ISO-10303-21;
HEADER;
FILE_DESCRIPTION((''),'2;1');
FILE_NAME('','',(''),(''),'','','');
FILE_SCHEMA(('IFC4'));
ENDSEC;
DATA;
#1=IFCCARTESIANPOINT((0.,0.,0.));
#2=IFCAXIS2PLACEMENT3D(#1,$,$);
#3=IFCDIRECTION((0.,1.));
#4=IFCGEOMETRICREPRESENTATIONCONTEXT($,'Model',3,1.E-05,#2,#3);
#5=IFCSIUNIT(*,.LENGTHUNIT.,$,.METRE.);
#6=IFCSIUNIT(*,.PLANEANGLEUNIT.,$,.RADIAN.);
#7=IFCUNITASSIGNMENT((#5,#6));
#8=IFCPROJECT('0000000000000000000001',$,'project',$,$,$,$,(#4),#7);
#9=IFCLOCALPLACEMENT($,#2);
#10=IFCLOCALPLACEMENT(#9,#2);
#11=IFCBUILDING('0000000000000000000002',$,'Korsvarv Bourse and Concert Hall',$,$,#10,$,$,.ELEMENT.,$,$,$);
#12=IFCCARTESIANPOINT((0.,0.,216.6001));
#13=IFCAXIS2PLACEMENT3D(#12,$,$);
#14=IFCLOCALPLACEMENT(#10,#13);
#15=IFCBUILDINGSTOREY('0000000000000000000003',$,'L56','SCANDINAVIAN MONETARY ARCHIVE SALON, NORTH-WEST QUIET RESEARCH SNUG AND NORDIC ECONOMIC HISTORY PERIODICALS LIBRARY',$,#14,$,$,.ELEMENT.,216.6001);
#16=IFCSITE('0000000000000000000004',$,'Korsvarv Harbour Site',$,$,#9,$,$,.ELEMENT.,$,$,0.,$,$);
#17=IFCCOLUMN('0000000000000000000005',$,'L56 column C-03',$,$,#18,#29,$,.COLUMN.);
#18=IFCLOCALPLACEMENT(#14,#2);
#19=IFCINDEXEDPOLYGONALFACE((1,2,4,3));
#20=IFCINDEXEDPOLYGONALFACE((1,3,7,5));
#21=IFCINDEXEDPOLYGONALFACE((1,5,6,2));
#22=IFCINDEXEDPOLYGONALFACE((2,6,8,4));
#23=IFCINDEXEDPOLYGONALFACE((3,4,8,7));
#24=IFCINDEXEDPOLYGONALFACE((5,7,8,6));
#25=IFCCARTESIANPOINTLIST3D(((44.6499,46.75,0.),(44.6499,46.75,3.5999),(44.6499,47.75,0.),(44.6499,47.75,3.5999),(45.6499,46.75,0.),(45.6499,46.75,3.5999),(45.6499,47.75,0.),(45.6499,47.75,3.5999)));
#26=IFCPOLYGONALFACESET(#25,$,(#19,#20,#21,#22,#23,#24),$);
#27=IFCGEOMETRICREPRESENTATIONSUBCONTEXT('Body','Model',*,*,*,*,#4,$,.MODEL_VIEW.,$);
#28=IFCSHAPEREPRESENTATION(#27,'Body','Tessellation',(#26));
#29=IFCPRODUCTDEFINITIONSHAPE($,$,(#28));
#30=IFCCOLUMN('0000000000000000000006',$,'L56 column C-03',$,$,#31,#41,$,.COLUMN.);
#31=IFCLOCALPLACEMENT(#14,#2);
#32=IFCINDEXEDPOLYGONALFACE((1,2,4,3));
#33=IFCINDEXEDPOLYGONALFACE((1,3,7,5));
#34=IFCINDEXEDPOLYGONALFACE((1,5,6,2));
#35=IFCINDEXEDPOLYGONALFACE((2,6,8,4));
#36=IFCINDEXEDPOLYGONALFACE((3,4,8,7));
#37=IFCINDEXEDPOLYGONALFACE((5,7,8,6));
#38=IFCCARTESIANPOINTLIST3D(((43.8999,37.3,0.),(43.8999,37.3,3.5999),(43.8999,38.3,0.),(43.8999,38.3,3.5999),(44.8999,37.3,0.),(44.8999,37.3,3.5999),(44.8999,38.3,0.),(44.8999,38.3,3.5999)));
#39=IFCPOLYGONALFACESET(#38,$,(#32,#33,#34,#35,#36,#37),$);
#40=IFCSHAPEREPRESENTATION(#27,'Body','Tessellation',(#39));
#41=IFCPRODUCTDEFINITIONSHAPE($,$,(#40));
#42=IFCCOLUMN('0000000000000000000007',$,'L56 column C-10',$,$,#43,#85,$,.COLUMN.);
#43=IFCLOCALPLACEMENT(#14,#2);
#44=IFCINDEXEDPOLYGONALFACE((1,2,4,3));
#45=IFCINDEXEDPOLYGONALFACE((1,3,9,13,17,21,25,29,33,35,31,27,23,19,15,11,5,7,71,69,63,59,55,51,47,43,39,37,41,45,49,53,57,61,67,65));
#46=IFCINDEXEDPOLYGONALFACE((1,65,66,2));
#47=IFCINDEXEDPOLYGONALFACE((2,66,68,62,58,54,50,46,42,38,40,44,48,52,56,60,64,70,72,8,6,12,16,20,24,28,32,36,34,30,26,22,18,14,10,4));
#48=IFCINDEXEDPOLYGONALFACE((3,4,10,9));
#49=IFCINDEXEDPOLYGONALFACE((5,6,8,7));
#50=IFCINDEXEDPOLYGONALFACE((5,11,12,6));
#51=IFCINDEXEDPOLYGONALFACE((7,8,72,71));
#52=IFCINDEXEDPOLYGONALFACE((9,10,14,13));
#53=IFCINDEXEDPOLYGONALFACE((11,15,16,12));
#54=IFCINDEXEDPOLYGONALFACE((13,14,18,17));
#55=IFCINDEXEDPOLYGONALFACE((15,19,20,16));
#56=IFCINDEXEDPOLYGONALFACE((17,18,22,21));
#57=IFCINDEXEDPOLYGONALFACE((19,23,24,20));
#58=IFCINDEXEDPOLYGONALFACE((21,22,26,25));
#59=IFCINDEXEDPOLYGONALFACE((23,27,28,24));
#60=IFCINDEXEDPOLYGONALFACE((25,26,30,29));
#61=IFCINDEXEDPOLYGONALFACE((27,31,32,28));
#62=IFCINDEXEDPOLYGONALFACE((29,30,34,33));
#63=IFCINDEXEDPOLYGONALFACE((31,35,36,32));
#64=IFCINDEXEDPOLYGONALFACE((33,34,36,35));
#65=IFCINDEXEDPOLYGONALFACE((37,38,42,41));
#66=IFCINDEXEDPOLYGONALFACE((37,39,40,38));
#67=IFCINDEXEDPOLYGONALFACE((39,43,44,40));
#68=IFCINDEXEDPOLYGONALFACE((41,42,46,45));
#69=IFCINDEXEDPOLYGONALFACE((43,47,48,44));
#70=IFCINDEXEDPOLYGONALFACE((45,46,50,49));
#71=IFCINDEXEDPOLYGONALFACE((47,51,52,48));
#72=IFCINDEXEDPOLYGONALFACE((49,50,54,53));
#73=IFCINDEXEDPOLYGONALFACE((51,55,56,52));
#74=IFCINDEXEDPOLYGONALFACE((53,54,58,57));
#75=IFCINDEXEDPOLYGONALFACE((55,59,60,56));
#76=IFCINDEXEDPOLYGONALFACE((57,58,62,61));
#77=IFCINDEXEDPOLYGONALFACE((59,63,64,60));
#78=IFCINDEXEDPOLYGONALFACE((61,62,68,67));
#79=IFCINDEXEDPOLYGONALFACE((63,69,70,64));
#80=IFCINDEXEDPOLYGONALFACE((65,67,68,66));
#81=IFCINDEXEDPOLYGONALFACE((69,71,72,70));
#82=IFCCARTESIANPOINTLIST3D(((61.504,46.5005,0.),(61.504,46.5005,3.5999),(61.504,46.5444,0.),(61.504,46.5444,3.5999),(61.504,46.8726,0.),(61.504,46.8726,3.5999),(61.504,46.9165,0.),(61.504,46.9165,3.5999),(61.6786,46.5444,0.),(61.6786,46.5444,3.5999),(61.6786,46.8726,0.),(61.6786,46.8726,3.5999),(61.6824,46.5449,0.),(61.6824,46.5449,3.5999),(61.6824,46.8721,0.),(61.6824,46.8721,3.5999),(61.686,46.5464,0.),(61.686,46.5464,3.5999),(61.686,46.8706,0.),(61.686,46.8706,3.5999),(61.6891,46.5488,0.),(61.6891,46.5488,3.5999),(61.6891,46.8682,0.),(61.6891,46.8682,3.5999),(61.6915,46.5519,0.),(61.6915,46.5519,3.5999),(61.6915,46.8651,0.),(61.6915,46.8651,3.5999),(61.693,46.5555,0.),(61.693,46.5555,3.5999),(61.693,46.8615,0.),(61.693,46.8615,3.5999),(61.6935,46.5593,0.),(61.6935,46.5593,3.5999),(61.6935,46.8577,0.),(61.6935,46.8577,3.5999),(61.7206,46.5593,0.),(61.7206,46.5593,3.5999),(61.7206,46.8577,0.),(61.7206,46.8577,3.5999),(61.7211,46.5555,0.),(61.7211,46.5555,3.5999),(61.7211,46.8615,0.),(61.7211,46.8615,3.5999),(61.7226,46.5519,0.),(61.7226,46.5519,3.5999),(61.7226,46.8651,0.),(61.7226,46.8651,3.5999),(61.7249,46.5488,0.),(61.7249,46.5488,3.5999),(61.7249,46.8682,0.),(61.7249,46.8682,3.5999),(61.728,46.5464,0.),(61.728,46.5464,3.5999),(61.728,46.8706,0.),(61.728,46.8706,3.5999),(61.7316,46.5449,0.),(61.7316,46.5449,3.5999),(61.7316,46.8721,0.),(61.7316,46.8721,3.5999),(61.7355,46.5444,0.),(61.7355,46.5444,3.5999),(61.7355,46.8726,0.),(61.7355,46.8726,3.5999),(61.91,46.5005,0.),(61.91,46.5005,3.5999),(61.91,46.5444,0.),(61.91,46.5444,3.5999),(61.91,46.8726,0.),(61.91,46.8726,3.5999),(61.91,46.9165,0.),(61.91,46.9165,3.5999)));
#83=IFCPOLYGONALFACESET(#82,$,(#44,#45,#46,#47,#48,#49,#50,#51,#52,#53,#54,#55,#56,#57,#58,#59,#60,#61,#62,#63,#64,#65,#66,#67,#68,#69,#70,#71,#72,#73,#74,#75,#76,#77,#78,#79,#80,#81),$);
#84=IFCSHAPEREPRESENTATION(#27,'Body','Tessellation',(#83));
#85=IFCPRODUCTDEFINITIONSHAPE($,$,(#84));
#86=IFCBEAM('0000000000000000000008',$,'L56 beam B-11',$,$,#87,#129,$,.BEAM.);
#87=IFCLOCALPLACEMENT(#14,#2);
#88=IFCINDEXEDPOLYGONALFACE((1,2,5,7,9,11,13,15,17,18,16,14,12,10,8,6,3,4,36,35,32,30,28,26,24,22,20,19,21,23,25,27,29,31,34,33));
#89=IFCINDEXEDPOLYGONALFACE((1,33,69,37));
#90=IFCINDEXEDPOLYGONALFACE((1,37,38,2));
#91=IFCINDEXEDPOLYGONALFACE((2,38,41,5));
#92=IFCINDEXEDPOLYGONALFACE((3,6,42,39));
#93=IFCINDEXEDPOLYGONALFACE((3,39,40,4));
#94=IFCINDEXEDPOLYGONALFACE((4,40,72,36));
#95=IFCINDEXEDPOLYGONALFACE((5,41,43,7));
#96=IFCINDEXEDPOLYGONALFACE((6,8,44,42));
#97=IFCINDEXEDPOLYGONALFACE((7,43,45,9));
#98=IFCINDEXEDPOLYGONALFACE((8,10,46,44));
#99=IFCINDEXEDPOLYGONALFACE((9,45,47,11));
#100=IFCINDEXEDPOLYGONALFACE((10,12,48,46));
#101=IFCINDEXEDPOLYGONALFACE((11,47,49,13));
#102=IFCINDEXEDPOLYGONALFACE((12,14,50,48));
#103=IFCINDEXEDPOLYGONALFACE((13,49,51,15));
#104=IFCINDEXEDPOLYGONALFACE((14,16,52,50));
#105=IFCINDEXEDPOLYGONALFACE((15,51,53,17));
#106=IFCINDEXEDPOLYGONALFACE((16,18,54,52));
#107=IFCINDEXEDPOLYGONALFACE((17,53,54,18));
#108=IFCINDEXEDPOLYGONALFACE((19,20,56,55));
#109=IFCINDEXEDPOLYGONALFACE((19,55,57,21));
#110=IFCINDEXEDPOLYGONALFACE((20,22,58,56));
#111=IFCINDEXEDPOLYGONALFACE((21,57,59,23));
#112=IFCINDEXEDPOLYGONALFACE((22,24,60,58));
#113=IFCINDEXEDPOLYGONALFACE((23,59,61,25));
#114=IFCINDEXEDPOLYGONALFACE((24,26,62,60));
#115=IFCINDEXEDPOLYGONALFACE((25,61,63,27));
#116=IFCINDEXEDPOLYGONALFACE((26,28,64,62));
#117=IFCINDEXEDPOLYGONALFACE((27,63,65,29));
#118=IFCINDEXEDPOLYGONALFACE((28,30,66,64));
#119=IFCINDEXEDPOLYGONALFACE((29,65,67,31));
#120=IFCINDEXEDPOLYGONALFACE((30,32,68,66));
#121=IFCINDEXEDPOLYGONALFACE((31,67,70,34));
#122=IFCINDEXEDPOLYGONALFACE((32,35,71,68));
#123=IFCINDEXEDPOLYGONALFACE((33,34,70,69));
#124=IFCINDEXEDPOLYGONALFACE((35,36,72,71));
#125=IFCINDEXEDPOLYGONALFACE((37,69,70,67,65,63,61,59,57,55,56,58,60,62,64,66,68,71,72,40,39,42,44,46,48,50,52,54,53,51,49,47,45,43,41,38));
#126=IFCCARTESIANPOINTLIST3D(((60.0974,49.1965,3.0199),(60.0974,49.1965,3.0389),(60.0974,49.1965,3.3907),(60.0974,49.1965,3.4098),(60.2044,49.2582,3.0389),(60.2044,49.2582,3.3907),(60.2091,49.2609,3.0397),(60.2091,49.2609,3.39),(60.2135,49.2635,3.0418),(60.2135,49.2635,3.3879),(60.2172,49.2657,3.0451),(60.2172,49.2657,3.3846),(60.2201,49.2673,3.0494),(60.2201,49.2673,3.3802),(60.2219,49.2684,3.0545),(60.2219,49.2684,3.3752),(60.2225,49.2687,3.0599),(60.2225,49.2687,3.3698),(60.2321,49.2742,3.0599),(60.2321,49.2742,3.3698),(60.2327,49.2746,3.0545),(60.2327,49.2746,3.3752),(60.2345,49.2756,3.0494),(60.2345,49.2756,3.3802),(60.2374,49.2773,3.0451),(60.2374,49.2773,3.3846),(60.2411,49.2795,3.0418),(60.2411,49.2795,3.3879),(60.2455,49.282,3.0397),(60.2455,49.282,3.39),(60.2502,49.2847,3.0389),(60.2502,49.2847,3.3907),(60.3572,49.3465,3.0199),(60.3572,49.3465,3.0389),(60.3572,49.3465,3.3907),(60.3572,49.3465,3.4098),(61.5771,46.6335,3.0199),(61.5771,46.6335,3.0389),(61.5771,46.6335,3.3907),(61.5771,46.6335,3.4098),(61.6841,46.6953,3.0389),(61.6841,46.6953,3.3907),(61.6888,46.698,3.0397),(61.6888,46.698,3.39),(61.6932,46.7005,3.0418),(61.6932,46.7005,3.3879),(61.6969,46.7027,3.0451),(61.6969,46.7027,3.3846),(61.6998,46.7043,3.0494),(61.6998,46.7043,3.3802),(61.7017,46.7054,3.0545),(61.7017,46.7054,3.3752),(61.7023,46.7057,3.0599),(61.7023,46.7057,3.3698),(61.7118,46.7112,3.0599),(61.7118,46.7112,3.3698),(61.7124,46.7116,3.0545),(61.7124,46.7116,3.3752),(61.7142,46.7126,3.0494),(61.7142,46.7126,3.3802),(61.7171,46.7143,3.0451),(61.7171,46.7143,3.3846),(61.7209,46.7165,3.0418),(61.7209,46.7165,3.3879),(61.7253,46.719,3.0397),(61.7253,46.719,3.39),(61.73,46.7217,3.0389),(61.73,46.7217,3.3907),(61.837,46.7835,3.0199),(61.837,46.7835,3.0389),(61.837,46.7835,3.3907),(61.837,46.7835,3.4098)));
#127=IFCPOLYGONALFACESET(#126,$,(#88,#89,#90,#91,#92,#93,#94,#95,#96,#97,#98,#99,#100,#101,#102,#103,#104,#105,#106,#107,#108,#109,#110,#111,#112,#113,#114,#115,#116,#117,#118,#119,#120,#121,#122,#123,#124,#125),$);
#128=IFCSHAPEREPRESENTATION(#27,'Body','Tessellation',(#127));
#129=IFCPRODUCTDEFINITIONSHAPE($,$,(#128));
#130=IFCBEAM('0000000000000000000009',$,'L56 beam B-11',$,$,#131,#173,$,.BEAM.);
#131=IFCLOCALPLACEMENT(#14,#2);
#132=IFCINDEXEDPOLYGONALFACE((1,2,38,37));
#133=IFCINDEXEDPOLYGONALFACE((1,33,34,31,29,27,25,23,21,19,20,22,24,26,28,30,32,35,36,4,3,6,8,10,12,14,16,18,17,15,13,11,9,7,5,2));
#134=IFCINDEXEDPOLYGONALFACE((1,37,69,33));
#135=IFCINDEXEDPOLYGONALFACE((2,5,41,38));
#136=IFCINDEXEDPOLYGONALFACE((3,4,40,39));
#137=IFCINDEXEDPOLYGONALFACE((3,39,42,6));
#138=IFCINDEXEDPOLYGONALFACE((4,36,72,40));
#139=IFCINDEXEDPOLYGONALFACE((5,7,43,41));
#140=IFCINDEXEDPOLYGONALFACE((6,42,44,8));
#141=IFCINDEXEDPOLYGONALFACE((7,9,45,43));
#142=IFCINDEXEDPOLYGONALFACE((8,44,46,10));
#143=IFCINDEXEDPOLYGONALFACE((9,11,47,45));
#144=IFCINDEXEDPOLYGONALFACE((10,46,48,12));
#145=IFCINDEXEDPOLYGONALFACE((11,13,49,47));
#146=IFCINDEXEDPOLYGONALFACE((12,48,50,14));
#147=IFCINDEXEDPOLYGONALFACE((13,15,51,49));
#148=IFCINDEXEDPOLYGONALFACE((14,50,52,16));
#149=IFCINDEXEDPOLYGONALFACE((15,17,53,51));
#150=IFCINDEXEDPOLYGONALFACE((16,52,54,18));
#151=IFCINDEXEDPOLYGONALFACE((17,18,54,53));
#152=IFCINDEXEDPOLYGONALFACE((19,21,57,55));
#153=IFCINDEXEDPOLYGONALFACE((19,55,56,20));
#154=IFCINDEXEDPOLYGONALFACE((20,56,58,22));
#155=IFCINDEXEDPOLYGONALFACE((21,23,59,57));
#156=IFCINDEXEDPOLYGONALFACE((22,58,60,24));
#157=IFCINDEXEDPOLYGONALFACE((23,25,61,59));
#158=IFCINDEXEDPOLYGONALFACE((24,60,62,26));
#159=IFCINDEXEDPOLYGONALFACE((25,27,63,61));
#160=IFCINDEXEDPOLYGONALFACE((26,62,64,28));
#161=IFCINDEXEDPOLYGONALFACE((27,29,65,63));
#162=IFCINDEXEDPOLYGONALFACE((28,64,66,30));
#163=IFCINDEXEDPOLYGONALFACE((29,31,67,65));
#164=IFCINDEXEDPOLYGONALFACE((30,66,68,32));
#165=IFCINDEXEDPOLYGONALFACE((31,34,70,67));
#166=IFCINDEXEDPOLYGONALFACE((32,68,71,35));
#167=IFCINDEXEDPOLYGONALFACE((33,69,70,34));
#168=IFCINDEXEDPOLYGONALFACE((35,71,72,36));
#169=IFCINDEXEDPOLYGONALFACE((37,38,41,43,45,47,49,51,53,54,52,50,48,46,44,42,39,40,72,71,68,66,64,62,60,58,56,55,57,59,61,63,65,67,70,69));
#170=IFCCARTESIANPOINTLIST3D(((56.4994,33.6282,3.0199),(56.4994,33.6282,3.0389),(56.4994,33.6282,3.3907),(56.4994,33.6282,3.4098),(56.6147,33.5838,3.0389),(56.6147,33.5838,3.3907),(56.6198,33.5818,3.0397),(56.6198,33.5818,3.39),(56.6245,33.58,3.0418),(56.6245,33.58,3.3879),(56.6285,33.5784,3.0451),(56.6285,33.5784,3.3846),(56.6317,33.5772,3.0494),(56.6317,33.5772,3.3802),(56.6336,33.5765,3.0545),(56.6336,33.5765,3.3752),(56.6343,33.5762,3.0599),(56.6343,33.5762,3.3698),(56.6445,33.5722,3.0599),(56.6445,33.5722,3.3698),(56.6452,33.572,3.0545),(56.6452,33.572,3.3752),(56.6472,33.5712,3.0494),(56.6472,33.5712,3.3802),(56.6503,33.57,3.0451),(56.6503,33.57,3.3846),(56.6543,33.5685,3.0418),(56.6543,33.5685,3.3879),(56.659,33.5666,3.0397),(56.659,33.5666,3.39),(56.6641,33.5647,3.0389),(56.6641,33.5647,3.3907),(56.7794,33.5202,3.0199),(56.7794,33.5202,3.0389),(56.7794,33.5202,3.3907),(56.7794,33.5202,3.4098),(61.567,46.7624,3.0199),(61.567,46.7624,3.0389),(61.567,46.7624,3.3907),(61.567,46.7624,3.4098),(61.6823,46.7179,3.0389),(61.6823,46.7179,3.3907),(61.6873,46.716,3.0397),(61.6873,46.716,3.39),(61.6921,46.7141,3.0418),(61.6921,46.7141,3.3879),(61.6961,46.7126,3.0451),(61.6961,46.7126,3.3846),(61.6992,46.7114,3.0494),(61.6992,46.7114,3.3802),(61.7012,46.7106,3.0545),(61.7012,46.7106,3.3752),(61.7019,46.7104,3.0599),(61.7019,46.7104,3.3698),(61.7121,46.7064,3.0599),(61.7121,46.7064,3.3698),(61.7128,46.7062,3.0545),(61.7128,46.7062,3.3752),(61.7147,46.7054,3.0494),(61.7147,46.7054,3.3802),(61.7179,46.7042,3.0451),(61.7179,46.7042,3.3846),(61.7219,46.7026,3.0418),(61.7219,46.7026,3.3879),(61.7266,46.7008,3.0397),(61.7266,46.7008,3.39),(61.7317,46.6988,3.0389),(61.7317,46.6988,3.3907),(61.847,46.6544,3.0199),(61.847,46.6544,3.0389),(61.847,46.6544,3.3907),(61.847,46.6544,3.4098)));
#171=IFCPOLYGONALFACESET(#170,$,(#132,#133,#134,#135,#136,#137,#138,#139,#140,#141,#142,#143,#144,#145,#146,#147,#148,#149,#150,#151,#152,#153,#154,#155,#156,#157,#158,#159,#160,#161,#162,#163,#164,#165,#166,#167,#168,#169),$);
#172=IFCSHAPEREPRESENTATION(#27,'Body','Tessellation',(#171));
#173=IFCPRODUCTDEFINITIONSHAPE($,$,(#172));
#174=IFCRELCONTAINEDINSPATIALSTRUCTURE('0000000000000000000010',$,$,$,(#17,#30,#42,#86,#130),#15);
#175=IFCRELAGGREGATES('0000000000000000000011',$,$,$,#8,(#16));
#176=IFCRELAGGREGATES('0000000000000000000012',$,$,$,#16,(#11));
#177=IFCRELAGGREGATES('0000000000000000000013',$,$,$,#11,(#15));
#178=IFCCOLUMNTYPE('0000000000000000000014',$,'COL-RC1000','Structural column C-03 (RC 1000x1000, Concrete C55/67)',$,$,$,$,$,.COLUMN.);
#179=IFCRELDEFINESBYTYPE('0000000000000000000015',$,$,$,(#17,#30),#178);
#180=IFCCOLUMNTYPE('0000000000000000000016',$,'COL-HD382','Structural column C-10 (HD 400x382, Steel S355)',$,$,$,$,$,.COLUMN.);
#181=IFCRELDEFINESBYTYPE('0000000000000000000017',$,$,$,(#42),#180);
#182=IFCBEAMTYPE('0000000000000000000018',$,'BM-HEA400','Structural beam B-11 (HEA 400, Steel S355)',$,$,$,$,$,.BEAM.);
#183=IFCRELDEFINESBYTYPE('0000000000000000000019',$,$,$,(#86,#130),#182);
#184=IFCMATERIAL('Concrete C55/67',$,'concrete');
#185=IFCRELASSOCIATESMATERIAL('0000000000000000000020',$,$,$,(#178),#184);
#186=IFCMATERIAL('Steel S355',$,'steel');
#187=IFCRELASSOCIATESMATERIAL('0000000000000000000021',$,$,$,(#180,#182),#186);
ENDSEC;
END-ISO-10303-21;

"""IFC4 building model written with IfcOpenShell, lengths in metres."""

from ifc_helpers import new_model, si_unit, direction, frame, origin, origin_2d, place, context, subcontext, project, spatial, rectangle, i_section, extrude, source, transform, mapped, material, material_profile, profile_set, type_object, element, save


model = new_model("IFC4")

# Units and contexts
model_context = context("Model", 3, precision=1e-05, world=origin(), true_north=direction((0.0, 1.0)))
body_context = subcontext(model_context, "Body", "Model", "MODEL_VIEW")
ifc_project = project(units=[si_unit("LENGTHUNIT", "METRE"), si_unit("PLANEANGLEUNIT", "RADIAN")], contexts=[model_context])

# Site, building, storey
site_placement = place(None, origin())
site = spatial("IfcSite", under=ifc_project, at=site_placement, Name="Korsvarv Harbour Site", CompositionType="ELEMENT", RefElevation=0.0)
building_placement = place(site_placement, origin())
building = spatial("IfcBuilding", under=site, at=building_placement, Name="Korsvarv Bourse and Concert Hall", CompositionType="ELEMENT")
storey_placement = place(building_placement, frame((0.0, 0.0, 216.6001)))
storey = spatial("IfcBuildingStorey", under=building, at=storey_placement, Name="L56", Description="SCANDINAVIAN MONETARY ARCHIVE SALON, NORTH-WEST QUIET RESEARCH SNUG AND NORDIC ECONOMIC HISTORY PERIODICALS LIBRARY", CompositionType="ELEMENT", Elevation=216.6001)

# Columns
ifc_material_1 = material(Name="Concrete C55/67", Category="concrete")
ifc_material_profile_1 = material_profile(ifc_material_1, rectangle(XDim=1.0, YDim=1.0, at=origin_2d()), Name="RC 1000x1000")
ifc_profile_set_1 = profile_set([ifc_material_profile_1], Name="Concrete C55/67")
column_type_1 = type_object("IfcColumnType", Name="COL-RC1000", Description="Structural column C-03 (RC 1000x1000, Concrete C55/67)", PredefinedType="COLUMN", material=ifc_profile_set_1)
shared_shape_1 = source(origin(), body_context, "Body", "SweptSolid", [
    extrude(rectangle(XDim=1.0, YDim=1.0, at=origin_2d()), origin(), (0.0, 0.0, 1.0), 3.5999),
])
for number, where, z_axis, x_axis, name in (
    (1, (45.1499, 47.25, 0.0), (0.0, 0.0, 1.0), (1.0, 0.0, 0.0), "L56 column C-03"),
    (2, (44.3999, 37.8, 0.0), (0.0, 0.0, 1.0), (1.0, 0.0, 0.0), "L56 column C-03"),
):
    element("IfcColumn", number, at=place(storey_placement, frame(where, z_axis=z_axis, x_axis=x_axis)), inside=storey, type_object=column_type_1, Name=name, PredefinedType="COLUMN", context=body_context, shape_type="MappedRepresentation", body=[
        mapped(shared_shape_1, transform((0.0, 0.0, 0.0), scale=1.0)),
    ])
ifc_material_2 = material(Name="Steel S355", Category="steel")
ifc_material_profile_2 = material_profile(ifc_material_2, i_section(OverallWidth=0.406, OverallDepth=0.416, WebThickness=0.0271, FlangeThickness=0.0439, FilletRadius=0.0149, at=origin_2d()), Name="HD 400x382")
ifc_profile_set_2 = profile_set([ifc_material_profile_2], Name="Steel S355")
column_type_2 = type_object("IfcColumnType", Name="COL-HD382", Description="Structural column C-10 (HD 400x382, Steel S355)", PredefinedType="COLUMN", material=ifc_profile_set_2)
shared_shape_2 = source(origin(), body_context, "Body", "SweptSolid", [
    extrude(i_section(OverallWidth=0.406, OverallDepth=0.416, WebThickness=0.0271, FlangeThickness=0.0439, FilletRadius=0.0149, at=origin_2d()), origin(), (0.0, 0.0, 1.0), 3.5999),
])
column_placement = place(storey_placement, frame((61.707, 46.7085, 0.0), z_axis=(0.0, 0.0, 1.0), x_axis=(1.0, 0.0, 0.0)))
element("IfcColumn", 3, at=column_placement, inside=storey, type_object=column_type_2, Name="L56 column C-10", PredefinedType="COLUMN", context=body_context, shape_type="MappedRepresentation", body=[
    mapped(shared_shape_2, transform((0.0, 0.0, 0.0), scale=1.0)),
])

# Beams
ifc_material_profile_3 = material_profile(ifc_material_2, i_section(OverallWidth=0.3, OverallDepth=0.3899, WebThickness=0.011, FlangeThickness=0.019, FilletRadius=0.021, at=origin_2d()), Name="HEA 400")
ifc_profile_set_3 = profile_set([ifc_material_profile_3], Name="Steel S355")
beam_type_1 = type_object("IfcBeamType", Name="BM-HEA400", Description="Structural beam B-11 (HEA 400, Steel S355)", PredefinedType="BEAM", material=ifc_profile_set_3)
shared_shape_3 = source(origin(), body_context, "Body", "SweptSolid", [
    extrude(i_section(OverallWidth=0.3, OverallDepth=0.3899, WebThickness=0.011, FlangeThickness=0.019, FilletRadius=0.021, at=origin_2d()), origin(), (0.0, 0.0, 1.0), 2.9595),
])
beam_1_placement = place(storey_placement, frame((61.707, 46.7085, 3.2148), z_axis=(-0.499999, 0.866026, 0.0), x_axis=(-0.866026, -0.499999, 0.0)))
element("IfcBeam", 4, at=beam_1_placement, inside=storey, type_object=beam_type_1, Name="L56 beam B-11", PredefinedType="BEAM", context=body_context, shape_type="MappedRepresentation", body=[
    mapped(shared_shape_3, transform((0.0, 0.0, 0.0), scale=1.0)),
])
shared_shape_4 = source(origin(), body_context, "Body", "SweptSolid", [
    extrude(i_section(OverallWidth=0.3, OverallDepth=0.3899, WebThickness=0.011, FlangeThickness=0.019, FilletRadius=0.021, at=origin_2d()), origin(), (0.0, 0.0, 1.0), 14.0779),
])
beam_2_placement = place(storey_placement, frame((56.6394, 33.5742, 3.2148), z_axis=(0.359968, 0.932965, 0.0), x_axis=(-0.932965, 0.359968, 0.0)))
element("IfcBeam", 5, at=beam_2_placement, inside=storey, type_object=beam_type_1, Name="L56 beam B-11", PredefinedType="BEAM", context=body_context, shape_type="MappedRepresentation", body=[
    mapped(shared_shape_4, transform((0.0, 0.0, 0.0), scale=1.0)),
])

save(model, "model.ifc")
